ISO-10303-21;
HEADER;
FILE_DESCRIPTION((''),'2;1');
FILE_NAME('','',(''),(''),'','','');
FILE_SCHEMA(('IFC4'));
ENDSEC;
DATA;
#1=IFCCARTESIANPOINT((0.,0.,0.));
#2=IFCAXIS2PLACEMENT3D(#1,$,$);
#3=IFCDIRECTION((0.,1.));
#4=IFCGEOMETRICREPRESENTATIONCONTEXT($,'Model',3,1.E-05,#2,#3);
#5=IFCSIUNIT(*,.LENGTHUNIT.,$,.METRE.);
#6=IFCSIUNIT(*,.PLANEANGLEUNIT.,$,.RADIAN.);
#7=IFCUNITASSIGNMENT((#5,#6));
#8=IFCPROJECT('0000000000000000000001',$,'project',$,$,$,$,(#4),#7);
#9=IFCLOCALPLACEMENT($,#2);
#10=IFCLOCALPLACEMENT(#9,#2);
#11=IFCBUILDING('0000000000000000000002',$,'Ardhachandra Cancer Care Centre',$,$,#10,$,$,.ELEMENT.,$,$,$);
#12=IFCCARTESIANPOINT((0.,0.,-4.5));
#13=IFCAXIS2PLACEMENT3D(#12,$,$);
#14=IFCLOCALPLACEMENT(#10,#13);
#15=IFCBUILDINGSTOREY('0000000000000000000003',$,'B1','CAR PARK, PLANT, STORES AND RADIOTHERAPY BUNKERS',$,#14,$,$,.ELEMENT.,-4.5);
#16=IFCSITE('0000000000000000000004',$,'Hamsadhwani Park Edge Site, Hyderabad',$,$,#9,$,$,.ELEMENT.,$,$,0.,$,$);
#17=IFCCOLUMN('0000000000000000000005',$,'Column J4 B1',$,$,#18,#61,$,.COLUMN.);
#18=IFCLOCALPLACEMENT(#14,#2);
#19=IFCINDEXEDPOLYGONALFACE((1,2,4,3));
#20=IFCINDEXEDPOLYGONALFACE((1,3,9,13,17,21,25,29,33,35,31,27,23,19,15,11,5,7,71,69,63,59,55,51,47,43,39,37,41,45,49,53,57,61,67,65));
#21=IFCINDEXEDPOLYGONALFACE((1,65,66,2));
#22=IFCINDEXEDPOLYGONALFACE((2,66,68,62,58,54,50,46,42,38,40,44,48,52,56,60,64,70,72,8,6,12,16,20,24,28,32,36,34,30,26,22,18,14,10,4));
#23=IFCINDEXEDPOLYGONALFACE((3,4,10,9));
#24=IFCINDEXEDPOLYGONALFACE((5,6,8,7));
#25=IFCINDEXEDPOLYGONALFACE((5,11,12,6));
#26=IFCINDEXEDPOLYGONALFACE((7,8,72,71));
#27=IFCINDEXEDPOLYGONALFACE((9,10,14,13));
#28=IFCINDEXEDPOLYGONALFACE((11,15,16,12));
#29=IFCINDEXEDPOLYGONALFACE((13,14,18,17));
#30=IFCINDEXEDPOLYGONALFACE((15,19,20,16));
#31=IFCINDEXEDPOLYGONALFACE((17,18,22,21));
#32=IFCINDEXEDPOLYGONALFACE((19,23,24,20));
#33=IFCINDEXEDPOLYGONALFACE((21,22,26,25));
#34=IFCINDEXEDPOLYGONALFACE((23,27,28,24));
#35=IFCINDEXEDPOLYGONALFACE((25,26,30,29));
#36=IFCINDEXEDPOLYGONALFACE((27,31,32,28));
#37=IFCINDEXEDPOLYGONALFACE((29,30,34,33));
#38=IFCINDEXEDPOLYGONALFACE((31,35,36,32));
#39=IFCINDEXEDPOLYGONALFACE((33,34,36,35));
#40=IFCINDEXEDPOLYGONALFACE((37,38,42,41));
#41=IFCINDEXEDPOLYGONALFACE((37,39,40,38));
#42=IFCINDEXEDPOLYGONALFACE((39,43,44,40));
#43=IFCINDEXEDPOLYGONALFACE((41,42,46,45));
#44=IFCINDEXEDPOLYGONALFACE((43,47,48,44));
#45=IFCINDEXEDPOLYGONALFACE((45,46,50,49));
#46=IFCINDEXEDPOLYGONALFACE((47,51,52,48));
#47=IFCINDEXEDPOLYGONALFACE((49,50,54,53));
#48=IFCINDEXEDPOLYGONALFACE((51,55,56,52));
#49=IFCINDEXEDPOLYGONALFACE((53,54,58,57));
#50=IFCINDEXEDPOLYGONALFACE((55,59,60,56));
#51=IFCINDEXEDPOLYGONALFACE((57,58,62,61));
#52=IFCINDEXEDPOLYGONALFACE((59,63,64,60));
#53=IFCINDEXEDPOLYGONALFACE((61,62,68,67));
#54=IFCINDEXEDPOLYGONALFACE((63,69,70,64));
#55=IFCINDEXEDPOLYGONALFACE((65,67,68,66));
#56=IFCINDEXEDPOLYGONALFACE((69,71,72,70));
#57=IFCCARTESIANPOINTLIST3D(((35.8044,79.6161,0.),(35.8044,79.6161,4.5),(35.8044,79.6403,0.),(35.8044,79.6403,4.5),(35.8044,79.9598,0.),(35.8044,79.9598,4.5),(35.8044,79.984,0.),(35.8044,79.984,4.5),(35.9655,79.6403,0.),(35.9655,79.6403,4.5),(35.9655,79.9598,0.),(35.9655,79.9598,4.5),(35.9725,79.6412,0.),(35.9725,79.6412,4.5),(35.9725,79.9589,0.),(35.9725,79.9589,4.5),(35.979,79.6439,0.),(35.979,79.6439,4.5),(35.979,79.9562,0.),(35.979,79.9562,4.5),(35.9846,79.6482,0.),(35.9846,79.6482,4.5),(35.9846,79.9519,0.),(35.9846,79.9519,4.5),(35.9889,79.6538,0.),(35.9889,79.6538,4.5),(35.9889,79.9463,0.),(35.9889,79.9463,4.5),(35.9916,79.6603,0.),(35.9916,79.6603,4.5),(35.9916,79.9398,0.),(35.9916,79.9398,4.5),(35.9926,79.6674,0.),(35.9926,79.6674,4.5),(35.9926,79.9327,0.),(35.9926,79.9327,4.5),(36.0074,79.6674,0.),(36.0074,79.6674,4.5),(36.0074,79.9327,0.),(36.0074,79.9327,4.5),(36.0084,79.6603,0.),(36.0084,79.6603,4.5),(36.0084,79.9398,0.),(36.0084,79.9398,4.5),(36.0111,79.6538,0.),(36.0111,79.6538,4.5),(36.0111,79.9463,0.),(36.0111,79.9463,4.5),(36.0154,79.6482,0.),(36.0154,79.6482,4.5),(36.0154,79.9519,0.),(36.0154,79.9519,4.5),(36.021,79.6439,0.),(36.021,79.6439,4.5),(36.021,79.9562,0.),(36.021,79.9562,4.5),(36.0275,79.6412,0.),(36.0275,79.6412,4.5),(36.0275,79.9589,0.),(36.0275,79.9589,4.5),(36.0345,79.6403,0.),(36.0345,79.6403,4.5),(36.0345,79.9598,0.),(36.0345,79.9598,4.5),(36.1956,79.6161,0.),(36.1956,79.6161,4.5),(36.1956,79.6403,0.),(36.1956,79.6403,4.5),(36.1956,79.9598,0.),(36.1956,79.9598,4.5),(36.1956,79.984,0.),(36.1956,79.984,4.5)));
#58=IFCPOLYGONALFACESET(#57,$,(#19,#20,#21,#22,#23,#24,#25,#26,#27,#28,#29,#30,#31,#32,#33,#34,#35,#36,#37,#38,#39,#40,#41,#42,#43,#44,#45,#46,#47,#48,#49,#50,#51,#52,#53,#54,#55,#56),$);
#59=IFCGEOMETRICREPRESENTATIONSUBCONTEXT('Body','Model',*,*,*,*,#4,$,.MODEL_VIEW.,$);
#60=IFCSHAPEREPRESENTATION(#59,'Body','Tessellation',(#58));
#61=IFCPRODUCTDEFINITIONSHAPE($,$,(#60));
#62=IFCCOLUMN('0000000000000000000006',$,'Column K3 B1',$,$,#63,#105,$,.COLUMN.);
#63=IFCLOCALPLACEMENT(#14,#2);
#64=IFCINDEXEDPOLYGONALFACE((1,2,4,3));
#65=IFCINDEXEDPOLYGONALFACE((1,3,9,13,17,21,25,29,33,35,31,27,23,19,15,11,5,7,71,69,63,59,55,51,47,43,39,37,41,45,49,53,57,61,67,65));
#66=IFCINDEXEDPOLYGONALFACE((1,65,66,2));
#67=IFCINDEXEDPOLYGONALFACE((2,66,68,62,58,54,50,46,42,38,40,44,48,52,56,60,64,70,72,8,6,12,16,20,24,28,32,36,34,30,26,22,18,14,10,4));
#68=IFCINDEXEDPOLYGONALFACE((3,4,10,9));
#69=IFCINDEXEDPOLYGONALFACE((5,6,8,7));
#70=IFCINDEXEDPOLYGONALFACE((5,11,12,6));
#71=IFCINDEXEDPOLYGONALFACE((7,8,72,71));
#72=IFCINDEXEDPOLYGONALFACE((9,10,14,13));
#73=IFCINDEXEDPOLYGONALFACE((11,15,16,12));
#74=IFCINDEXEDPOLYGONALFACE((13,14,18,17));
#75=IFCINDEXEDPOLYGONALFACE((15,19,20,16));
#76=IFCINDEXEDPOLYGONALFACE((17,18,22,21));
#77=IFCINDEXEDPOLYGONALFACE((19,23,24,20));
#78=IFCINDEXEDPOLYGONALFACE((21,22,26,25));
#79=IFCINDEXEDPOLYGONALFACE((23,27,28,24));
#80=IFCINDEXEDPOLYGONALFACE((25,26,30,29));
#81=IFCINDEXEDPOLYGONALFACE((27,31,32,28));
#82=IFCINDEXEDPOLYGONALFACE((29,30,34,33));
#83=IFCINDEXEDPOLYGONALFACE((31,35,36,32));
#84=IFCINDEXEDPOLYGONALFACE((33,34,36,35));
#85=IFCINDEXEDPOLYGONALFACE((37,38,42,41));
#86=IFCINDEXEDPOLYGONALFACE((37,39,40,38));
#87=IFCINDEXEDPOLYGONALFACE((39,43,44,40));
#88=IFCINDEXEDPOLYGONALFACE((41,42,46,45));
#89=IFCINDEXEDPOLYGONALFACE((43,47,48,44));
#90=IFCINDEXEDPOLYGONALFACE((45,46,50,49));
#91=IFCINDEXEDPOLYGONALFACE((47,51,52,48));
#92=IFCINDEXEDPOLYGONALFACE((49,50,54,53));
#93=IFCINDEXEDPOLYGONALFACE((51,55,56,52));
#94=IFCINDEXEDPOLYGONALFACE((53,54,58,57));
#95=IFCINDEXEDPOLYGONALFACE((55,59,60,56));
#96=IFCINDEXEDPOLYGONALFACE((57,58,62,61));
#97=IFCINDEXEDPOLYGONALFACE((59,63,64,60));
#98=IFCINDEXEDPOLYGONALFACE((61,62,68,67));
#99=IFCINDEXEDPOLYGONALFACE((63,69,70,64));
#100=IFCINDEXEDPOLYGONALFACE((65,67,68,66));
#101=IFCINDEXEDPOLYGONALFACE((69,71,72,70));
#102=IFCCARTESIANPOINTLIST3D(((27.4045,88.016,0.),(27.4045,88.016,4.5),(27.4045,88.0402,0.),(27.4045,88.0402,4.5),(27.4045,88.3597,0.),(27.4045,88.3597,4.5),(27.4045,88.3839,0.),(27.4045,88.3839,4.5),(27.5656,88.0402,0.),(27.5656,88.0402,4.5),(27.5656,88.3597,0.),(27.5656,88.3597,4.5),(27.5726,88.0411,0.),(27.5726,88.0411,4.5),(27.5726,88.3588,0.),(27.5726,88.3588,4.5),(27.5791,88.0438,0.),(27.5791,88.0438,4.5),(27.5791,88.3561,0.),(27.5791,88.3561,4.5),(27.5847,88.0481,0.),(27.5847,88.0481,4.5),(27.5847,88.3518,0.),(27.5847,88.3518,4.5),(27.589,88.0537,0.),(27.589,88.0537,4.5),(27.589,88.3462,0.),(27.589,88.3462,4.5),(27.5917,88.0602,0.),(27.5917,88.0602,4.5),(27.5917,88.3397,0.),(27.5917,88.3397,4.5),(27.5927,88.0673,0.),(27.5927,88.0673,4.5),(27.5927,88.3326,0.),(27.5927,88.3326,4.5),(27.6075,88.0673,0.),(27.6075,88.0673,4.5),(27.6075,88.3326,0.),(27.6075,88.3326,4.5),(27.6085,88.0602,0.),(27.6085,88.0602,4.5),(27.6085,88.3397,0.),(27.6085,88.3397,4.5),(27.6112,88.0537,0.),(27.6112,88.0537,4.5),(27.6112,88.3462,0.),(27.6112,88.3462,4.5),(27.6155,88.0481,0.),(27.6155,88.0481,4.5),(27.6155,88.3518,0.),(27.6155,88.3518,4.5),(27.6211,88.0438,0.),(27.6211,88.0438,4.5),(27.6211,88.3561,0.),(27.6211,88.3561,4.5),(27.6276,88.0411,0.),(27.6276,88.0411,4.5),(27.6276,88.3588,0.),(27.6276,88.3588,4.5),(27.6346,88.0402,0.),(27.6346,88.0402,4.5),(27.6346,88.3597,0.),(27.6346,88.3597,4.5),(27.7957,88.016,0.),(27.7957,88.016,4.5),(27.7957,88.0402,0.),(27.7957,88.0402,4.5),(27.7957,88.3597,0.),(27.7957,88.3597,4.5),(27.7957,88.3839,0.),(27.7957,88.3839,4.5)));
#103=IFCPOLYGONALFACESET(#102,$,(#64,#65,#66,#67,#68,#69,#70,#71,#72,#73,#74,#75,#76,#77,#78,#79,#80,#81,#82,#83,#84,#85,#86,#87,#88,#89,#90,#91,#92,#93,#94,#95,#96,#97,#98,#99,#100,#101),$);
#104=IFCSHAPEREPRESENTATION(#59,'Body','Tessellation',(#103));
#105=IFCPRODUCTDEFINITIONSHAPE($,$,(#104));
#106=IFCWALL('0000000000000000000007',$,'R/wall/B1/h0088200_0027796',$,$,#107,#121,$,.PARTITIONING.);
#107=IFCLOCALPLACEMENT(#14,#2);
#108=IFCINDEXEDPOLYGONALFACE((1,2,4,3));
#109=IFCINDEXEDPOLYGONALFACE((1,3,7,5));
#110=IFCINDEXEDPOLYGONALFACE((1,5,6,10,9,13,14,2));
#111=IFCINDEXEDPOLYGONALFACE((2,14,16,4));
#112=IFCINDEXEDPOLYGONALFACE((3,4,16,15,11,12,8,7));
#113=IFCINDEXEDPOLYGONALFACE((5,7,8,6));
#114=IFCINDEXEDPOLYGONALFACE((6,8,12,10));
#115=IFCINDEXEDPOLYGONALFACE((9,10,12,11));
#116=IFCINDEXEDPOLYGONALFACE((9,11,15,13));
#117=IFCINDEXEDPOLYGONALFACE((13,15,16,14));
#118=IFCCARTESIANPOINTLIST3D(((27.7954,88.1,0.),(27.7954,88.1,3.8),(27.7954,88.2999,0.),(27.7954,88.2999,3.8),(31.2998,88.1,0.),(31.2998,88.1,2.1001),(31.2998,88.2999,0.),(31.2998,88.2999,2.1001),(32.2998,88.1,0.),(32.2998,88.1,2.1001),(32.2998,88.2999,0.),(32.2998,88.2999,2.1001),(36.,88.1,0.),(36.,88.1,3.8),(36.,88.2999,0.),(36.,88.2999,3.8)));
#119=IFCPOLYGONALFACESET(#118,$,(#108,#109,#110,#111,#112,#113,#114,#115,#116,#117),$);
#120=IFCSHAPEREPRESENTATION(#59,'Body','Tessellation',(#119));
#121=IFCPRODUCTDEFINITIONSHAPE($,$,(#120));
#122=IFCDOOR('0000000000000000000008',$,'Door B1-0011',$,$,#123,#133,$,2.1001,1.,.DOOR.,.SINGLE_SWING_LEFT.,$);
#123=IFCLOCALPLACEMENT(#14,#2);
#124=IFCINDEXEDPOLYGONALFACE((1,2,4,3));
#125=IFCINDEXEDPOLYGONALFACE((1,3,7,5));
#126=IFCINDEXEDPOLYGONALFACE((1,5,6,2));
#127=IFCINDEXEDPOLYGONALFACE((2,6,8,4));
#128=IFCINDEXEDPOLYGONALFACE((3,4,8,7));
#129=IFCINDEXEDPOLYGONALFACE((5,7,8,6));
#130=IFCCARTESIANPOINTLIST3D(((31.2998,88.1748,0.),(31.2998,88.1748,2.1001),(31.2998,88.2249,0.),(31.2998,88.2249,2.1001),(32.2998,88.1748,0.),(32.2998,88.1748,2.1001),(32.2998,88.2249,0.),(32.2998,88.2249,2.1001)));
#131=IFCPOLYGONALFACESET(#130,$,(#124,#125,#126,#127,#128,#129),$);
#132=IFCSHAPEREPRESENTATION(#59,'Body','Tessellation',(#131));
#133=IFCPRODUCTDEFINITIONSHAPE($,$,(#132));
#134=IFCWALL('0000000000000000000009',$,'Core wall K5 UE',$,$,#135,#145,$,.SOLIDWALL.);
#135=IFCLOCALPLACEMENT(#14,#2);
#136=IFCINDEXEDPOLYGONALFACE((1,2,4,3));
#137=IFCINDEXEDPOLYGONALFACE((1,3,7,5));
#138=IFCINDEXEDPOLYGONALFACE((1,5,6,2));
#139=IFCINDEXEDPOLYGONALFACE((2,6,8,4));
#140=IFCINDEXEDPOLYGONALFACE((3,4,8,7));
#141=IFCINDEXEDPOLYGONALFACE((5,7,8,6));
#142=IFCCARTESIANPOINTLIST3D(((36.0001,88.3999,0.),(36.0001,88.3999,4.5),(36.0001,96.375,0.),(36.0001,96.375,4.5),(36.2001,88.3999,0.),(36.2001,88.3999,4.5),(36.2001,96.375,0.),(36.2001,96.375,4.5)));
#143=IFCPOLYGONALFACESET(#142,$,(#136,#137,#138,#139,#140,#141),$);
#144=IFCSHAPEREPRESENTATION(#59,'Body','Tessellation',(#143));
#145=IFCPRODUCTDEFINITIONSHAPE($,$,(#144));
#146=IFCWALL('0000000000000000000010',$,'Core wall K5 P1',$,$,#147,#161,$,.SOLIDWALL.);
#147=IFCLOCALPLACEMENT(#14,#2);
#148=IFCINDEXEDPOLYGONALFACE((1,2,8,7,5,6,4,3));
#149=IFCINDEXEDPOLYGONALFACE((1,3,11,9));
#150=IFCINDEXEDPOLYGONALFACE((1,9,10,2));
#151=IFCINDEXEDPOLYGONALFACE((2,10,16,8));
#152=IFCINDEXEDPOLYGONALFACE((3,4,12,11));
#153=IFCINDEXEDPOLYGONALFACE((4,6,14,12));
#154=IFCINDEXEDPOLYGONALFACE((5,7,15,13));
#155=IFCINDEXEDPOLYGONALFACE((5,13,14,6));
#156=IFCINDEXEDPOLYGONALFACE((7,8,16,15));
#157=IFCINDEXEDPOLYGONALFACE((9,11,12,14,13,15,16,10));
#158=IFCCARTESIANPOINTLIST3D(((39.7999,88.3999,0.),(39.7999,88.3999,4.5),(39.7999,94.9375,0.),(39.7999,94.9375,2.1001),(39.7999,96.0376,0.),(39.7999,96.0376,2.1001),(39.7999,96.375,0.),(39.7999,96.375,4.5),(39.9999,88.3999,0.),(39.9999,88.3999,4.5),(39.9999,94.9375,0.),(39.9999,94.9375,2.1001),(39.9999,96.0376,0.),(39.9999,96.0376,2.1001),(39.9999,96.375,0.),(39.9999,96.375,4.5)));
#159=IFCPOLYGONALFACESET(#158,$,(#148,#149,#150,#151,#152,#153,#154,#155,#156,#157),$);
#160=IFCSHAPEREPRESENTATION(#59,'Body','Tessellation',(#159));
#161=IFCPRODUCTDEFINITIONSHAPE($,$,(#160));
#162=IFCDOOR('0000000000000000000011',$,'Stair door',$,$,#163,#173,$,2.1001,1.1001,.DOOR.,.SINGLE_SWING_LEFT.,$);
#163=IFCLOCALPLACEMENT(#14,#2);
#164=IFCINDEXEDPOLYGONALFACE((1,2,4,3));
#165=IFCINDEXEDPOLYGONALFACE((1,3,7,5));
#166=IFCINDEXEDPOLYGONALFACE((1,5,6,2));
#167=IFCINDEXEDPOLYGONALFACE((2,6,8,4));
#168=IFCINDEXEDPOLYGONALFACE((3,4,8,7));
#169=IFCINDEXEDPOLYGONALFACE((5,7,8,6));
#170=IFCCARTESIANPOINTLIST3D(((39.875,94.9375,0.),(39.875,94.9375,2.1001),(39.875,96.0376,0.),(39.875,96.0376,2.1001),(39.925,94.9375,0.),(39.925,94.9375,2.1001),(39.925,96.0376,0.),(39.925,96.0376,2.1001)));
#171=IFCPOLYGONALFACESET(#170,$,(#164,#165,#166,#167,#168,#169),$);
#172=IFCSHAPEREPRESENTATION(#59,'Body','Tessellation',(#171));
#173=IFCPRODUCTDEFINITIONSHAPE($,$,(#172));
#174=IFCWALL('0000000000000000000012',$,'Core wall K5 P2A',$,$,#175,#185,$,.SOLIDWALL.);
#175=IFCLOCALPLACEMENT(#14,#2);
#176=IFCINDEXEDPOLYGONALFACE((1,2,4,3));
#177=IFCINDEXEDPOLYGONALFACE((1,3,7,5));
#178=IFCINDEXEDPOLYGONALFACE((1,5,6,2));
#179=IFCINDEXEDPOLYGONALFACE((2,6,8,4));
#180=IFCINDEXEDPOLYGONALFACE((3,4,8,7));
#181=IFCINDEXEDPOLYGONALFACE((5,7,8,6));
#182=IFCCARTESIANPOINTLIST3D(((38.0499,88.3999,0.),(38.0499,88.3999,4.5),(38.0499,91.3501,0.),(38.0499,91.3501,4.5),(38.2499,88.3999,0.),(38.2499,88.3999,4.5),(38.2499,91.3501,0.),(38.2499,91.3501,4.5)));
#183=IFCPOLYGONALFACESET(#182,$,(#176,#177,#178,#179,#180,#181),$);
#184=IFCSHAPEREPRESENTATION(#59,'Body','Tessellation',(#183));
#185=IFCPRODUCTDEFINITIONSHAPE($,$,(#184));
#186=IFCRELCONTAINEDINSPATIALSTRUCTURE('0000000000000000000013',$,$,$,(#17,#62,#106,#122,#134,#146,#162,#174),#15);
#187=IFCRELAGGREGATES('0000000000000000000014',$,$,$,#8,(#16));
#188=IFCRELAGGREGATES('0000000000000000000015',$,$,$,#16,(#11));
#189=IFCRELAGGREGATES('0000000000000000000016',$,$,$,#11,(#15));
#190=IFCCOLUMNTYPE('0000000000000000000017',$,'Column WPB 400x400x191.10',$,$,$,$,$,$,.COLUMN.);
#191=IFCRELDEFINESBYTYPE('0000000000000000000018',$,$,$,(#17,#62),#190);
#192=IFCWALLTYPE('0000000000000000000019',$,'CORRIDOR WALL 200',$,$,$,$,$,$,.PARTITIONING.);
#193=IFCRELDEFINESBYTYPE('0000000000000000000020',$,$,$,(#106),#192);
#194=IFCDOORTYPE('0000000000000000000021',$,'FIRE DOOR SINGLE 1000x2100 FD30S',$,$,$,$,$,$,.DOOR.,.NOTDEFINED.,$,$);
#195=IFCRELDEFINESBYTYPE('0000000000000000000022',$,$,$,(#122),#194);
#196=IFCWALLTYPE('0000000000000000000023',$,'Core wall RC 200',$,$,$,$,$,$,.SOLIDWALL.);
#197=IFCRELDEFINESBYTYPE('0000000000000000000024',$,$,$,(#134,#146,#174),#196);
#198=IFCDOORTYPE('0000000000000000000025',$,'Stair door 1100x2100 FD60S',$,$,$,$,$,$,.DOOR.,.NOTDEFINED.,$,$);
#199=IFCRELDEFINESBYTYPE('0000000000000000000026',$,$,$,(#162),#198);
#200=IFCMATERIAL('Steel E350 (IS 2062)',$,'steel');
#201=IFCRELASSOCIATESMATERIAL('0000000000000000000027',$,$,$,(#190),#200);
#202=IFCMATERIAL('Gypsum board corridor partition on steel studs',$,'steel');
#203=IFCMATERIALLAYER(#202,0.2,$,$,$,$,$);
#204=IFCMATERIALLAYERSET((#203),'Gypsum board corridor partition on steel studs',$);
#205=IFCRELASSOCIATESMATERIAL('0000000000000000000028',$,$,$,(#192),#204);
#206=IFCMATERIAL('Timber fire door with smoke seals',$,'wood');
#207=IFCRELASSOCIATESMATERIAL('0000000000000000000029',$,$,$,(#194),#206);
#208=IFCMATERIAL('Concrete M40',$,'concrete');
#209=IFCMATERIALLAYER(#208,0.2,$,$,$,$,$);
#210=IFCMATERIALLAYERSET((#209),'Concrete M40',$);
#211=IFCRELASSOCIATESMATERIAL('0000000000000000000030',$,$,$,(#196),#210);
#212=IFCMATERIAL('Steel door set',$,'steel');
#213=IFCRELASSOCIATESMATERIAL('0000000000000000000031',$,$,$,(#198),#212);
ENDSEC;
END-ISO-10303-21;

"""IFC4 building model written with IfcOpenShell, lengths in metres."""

from ifc_helpers import new_model, si_unit, direction, frame, frame_2d, origin, origin_2d, place, context, subcontext, project, spatial, rectangle, i_section, extrude, material, layer, layer_set, material_profile, profile_set, type_object, element, fill, save


model = new_model("IFC4")

# Units and contexts
model_context = context("Model", 3, precision=1e-05, world=origin(), true_north=direction((0.0, 1.0)))
body_context = subcontext(model_context, "Body", "Model", "MODEL_VIEW")
ifc_project = project(units=[si_unit("LENGTHUNIT", "METRE"), si_unit("PLANEANGLEUNIT", "RADIAN")], contexts=[model_context])

# Site, building, storey
site_placement = place(None, origin())
site = spatial("IfcSite", under=ifc_project, at=site_placement, Name="Hamsadhwani Park Edge Site, Hyderabad", CompositionType="ELEMENT", RefElevation=0.0)
building_placement = place(site_placement, origin())
building = spatial("IfcBuilding", under=site, at=building_placement, Name="Ardhachandra Cancer Care Centre", CompositionType="ELEMENT")
storey_placement = place(building_placement, frame((0.0, 0.0, -4.5)))
storey = spatial("IfcBuildingStorey", under=building, at=storey_placement, Name="B1", Description="CAR PARK, PLANT, STORES AND RADIOTHERAPY BUNKERS", CompositionType="ELEMENT", Elevation=-4.5)

# Columns
ifc_material_1 = material(Name="Steel E350 (IS 2062)", Category="steel")
ifc_material_profile_1 = material_profile(ifc_material_1, i_section(OverallWidth=0.3911, OverallDepth=0.3679, WebThickness=0.0149, FlangeThickness=0.0242, FilletRadius=0.0271, at=origin_2d()), Name="WPB 400x400x191.10")
ifc_profile_set_1 = profile_set([ifc_material_profile_1], Name="Steel E350 (IS 2062)")
column_type = type_object("IfcColumnType", Name="Column WPB 400x400x191.10", PredefinedType="COLUMN", material=ifc_profile_set_1)
for number, where, z_axis, x_axis, name in (
    (1, (36.0, 79.8, 0.0), (0.0, 0.0, 1.0), (1.0, 0.0, 0.0), "Column J4 B1"),
    (2, (27.6001, 88.2, 0.0), (0.0, 0.0, 1.0), (1.0, 0.0, 0.0), "Column K3 B1"),
):
    element("IfcColumn", number, at=place(storey_placement, frame(where, z_axis=z_axis, x_axis=x_axis)), inside=storey, type_object=column_type, Name=name, PredefinedType="COLUMN", context=body_context, shape_type="SweptSolid", body=[
        extrude(i_section(OverallWidth=0.3911, OverallDepth=0.3679, WebThickness=0.0149, FlangeThickness=0.0242, FilletRadius=0.0271, at=origin_2d()), origin(), (0.0, 0.0, 1.0), 4.5),
    ])

# Wall, opening, door
ifc_material_2 = material(Name="Gypsum board corridor partition on steel studs", Category="steel")
ifc_layer_1 = layer(ifc_material_2, 0.2)
ifc_layer_set_1 = layer_set([ifc_layer_1], Name="Gypsum board corridor partition on steel studs")
wall_type_1 = type_object("IfcWallType", Name="CORRIDOR WALL 200", PredefinedType="PARTITIONING", material=ifc_layer_set_1)
wall_1_placement = place(storey_placement, frame((27.7954, 88.2, 0.0), z_axis=(0.0, 0.0, 1.0), x_axis=(1.0, 0.0, 0.0)))
wall_1 = element("IfcWall", 3, at=wall_1_placement, inside=storey, type_object=wall_type_1, Name="R/wall/B1/h0088200_0027796", PredefinedType="PARTITIONING", context=body_context, shape_type="SweptSolid", body=[
    extrude(rectangle(XDim=8.2046, YDim=0.2, at=frame_2d((4.1023, 0.0))), origin(), (0.0, 0.0, 1.0), 3.8),
])
opening_1_placement = place(wall_1_placement, frame((3.5044, 0.0, 0.0)))
opening_1 = element("IfcOpeningElement", 4, at=opening_1_placement, cuts=wall_1, PredefinedType="OPENING", context=body_context, shape_type="SweptSolid", body=[
    extrude(rectangle(XDim=1.0, YDim=2.1001, at=frame_2d((0.5, 1.05))), frame((0.0, 0.1099, 0.0), z_axis=(0.0, -1.0, 0.0), x_axis=(1.0, 0.0, 0.0)), (0.0, 0.0, 1.0), 0.22),
])
ifc_material_3 = material(Name="Timber fire door with smoke seals", Category="wood")
door_type_1 = type_object("IfcDoorType", Name="FIRE DOOR SINGLE 1000x2100 FD30S", OperationType="NOTDEFINED", PredefinedType="DOOR", material=ifc_material_3)
door_1_placement = place(opening_1_placement, origin())
door_1 = element("IfcDoor", 5, at=door_1_placement, inside=storey, type_object=door_type_1, Name="Door B1-0011", OperationType="SINGLE_SWING_LEFT", OverallHeight=2.1001, OverallWidth=1.0, PredefinedType="DOOR", context=body_context, shape_type="SweptSolid", body=[
    extrude(rectangle(XDim=1.0, YDim=2.1001, at=frame_2d((0.5, 1.05))), frame((0.0, 0.0249, 0.0), z_axis=(0.0, -1.0, 0.0), x_axis=(1.0, 0.0, 0.0)), (0.0, 0.0, 1.0), 0.05),
])
fill(opening_1, door_1)

# Wall
ifc_material_4 = material(Name="Concrete M40", Category="concrete")
ifc_layer_2 = layer(ifc_material_4, 0.2)
ifc_layer_set_2 = layer_set([ifc_layer_2], Name="Concrete M40")
wall_type_2 = type_object("IfcWallType", Name="Core wall RC 200", PredefinedType="SOLIDWALL", material=ifc_layer_set_2)
wall_2_placement = place(storey_placement, frame((36.1001, 88.3999, 0.0), z_axis=(0.0, 0.0, 1.0), x_axis=(0.0, 1.0, 0.0)))
element("IfcWall", 6, at=wall_2_placement, inside=storey, type_object=wall_type_2, Name="Core wall K5 UE", PredefinedType="SOLIDWALL", context=body_context, shape_type="SweptSolid", body=[
    extrude(rectangle(XDim=7.9751, YDim=0.2, at=frame_2d((3.9875, 0.0))), origin(), (0.0, 0.0, 1.0), 4.5),
])

# Wall, opening, door
wall_3_placement = place(storey_placement, frame((39.8999, 88.3999, 0.0), z_axis=(0.0, 0.0, 1.0), x_axis=(0.0, 1.0, 0.0)))
wall_3 = element("IfcWall", 7, at=wall_3_placement, inside=storey, type_object=wall_type_2, Name="Core wall K5 P1", PredefinedType="SOLIDWALL", context=body_context, shape_type="SweptSolid", body=[
    extrude(rectangle(XDim=7.9751, YDim=0.2, at=frame_2d((3.9875, 0.0))), origin(), (0.0, 0.0, 1.0), 4.5),
])
opening_2_placement = place(wall_3_placement, frame((6.5376, 0.0, 0.0)))
opening_2 = element("IfcOpeningElement", 8, at=opening_2_placement, cuts=wall_3, PredefinedType="OPENING", context=body_context, shape_type="SweptSolid", body=[
    extrude(rectangle(XDim=1.1001, YDim=2.1001, at=frame_2d((0.55, 1.05))), frame((0.0, 0.1099, 0.0), z_axis=(0.0, -1.0, 0.0), x_axis=(1.0, 0.0, 0.0)), (0.0, 0.0, 1.0), 0.22),
])
ifc_material_5 = material(Name="Steel door set", Category="steel")
door_type_2 = type_object("IfcDoorType", Name="Stair door 1100x2100 FD60S", OperationType="NOTDEFINED", PredefinedType="DOOR", material=ifc_material_5)
door_2_placement = place(opening_2_placement, origin())
door_2 = element("IfcDoor", 9, at=door_2_placement, inside=storey, type_object=door_type_2, Name="Stair door", OperationType="SINGLE_SWING_LEFT", OverallHeight=2.1001, OverallWidth=1.1001, PredefinedType="DOOR", context=body_context, shape_type="SweptSolid", body=[
    extrude(rectangle(XDim=1.1001, YDim=2.1001, at=frame_2d((0.55, 1.05))), frame((0.0, 0.0249, 0.0), z_axis=(0.0, -1.0, 0.0), x_axis=(1.0, 0.0, 0.0)), (0.0, 0.0, 1.0), 0.05),
])
fill(opening_2, door_2)

# Wall
wall_4_placement = place(storey_placement, frame((38.1499, 88.3999, 0.0), z_axis=(0.0, 0.0, 1.0), x_axis=(0.0, 1.0, 0.0)))
element("IfcWall", 10, at=wall_4_placement, inside=storey, type_object=wall_type_2, Name="Core wall K5 P2A", PredefinedType="SOLIDWALL", context=body_context, shape_type="SweptSolid", body=[
    extrude(rectangle(XDim=2.9502, YDim=0.2, at=frame_2d((1.4751, 0.0))), origin(), (0.0, 0.0, 1.0), 4.5),
])

save(model, "model.ifc")
